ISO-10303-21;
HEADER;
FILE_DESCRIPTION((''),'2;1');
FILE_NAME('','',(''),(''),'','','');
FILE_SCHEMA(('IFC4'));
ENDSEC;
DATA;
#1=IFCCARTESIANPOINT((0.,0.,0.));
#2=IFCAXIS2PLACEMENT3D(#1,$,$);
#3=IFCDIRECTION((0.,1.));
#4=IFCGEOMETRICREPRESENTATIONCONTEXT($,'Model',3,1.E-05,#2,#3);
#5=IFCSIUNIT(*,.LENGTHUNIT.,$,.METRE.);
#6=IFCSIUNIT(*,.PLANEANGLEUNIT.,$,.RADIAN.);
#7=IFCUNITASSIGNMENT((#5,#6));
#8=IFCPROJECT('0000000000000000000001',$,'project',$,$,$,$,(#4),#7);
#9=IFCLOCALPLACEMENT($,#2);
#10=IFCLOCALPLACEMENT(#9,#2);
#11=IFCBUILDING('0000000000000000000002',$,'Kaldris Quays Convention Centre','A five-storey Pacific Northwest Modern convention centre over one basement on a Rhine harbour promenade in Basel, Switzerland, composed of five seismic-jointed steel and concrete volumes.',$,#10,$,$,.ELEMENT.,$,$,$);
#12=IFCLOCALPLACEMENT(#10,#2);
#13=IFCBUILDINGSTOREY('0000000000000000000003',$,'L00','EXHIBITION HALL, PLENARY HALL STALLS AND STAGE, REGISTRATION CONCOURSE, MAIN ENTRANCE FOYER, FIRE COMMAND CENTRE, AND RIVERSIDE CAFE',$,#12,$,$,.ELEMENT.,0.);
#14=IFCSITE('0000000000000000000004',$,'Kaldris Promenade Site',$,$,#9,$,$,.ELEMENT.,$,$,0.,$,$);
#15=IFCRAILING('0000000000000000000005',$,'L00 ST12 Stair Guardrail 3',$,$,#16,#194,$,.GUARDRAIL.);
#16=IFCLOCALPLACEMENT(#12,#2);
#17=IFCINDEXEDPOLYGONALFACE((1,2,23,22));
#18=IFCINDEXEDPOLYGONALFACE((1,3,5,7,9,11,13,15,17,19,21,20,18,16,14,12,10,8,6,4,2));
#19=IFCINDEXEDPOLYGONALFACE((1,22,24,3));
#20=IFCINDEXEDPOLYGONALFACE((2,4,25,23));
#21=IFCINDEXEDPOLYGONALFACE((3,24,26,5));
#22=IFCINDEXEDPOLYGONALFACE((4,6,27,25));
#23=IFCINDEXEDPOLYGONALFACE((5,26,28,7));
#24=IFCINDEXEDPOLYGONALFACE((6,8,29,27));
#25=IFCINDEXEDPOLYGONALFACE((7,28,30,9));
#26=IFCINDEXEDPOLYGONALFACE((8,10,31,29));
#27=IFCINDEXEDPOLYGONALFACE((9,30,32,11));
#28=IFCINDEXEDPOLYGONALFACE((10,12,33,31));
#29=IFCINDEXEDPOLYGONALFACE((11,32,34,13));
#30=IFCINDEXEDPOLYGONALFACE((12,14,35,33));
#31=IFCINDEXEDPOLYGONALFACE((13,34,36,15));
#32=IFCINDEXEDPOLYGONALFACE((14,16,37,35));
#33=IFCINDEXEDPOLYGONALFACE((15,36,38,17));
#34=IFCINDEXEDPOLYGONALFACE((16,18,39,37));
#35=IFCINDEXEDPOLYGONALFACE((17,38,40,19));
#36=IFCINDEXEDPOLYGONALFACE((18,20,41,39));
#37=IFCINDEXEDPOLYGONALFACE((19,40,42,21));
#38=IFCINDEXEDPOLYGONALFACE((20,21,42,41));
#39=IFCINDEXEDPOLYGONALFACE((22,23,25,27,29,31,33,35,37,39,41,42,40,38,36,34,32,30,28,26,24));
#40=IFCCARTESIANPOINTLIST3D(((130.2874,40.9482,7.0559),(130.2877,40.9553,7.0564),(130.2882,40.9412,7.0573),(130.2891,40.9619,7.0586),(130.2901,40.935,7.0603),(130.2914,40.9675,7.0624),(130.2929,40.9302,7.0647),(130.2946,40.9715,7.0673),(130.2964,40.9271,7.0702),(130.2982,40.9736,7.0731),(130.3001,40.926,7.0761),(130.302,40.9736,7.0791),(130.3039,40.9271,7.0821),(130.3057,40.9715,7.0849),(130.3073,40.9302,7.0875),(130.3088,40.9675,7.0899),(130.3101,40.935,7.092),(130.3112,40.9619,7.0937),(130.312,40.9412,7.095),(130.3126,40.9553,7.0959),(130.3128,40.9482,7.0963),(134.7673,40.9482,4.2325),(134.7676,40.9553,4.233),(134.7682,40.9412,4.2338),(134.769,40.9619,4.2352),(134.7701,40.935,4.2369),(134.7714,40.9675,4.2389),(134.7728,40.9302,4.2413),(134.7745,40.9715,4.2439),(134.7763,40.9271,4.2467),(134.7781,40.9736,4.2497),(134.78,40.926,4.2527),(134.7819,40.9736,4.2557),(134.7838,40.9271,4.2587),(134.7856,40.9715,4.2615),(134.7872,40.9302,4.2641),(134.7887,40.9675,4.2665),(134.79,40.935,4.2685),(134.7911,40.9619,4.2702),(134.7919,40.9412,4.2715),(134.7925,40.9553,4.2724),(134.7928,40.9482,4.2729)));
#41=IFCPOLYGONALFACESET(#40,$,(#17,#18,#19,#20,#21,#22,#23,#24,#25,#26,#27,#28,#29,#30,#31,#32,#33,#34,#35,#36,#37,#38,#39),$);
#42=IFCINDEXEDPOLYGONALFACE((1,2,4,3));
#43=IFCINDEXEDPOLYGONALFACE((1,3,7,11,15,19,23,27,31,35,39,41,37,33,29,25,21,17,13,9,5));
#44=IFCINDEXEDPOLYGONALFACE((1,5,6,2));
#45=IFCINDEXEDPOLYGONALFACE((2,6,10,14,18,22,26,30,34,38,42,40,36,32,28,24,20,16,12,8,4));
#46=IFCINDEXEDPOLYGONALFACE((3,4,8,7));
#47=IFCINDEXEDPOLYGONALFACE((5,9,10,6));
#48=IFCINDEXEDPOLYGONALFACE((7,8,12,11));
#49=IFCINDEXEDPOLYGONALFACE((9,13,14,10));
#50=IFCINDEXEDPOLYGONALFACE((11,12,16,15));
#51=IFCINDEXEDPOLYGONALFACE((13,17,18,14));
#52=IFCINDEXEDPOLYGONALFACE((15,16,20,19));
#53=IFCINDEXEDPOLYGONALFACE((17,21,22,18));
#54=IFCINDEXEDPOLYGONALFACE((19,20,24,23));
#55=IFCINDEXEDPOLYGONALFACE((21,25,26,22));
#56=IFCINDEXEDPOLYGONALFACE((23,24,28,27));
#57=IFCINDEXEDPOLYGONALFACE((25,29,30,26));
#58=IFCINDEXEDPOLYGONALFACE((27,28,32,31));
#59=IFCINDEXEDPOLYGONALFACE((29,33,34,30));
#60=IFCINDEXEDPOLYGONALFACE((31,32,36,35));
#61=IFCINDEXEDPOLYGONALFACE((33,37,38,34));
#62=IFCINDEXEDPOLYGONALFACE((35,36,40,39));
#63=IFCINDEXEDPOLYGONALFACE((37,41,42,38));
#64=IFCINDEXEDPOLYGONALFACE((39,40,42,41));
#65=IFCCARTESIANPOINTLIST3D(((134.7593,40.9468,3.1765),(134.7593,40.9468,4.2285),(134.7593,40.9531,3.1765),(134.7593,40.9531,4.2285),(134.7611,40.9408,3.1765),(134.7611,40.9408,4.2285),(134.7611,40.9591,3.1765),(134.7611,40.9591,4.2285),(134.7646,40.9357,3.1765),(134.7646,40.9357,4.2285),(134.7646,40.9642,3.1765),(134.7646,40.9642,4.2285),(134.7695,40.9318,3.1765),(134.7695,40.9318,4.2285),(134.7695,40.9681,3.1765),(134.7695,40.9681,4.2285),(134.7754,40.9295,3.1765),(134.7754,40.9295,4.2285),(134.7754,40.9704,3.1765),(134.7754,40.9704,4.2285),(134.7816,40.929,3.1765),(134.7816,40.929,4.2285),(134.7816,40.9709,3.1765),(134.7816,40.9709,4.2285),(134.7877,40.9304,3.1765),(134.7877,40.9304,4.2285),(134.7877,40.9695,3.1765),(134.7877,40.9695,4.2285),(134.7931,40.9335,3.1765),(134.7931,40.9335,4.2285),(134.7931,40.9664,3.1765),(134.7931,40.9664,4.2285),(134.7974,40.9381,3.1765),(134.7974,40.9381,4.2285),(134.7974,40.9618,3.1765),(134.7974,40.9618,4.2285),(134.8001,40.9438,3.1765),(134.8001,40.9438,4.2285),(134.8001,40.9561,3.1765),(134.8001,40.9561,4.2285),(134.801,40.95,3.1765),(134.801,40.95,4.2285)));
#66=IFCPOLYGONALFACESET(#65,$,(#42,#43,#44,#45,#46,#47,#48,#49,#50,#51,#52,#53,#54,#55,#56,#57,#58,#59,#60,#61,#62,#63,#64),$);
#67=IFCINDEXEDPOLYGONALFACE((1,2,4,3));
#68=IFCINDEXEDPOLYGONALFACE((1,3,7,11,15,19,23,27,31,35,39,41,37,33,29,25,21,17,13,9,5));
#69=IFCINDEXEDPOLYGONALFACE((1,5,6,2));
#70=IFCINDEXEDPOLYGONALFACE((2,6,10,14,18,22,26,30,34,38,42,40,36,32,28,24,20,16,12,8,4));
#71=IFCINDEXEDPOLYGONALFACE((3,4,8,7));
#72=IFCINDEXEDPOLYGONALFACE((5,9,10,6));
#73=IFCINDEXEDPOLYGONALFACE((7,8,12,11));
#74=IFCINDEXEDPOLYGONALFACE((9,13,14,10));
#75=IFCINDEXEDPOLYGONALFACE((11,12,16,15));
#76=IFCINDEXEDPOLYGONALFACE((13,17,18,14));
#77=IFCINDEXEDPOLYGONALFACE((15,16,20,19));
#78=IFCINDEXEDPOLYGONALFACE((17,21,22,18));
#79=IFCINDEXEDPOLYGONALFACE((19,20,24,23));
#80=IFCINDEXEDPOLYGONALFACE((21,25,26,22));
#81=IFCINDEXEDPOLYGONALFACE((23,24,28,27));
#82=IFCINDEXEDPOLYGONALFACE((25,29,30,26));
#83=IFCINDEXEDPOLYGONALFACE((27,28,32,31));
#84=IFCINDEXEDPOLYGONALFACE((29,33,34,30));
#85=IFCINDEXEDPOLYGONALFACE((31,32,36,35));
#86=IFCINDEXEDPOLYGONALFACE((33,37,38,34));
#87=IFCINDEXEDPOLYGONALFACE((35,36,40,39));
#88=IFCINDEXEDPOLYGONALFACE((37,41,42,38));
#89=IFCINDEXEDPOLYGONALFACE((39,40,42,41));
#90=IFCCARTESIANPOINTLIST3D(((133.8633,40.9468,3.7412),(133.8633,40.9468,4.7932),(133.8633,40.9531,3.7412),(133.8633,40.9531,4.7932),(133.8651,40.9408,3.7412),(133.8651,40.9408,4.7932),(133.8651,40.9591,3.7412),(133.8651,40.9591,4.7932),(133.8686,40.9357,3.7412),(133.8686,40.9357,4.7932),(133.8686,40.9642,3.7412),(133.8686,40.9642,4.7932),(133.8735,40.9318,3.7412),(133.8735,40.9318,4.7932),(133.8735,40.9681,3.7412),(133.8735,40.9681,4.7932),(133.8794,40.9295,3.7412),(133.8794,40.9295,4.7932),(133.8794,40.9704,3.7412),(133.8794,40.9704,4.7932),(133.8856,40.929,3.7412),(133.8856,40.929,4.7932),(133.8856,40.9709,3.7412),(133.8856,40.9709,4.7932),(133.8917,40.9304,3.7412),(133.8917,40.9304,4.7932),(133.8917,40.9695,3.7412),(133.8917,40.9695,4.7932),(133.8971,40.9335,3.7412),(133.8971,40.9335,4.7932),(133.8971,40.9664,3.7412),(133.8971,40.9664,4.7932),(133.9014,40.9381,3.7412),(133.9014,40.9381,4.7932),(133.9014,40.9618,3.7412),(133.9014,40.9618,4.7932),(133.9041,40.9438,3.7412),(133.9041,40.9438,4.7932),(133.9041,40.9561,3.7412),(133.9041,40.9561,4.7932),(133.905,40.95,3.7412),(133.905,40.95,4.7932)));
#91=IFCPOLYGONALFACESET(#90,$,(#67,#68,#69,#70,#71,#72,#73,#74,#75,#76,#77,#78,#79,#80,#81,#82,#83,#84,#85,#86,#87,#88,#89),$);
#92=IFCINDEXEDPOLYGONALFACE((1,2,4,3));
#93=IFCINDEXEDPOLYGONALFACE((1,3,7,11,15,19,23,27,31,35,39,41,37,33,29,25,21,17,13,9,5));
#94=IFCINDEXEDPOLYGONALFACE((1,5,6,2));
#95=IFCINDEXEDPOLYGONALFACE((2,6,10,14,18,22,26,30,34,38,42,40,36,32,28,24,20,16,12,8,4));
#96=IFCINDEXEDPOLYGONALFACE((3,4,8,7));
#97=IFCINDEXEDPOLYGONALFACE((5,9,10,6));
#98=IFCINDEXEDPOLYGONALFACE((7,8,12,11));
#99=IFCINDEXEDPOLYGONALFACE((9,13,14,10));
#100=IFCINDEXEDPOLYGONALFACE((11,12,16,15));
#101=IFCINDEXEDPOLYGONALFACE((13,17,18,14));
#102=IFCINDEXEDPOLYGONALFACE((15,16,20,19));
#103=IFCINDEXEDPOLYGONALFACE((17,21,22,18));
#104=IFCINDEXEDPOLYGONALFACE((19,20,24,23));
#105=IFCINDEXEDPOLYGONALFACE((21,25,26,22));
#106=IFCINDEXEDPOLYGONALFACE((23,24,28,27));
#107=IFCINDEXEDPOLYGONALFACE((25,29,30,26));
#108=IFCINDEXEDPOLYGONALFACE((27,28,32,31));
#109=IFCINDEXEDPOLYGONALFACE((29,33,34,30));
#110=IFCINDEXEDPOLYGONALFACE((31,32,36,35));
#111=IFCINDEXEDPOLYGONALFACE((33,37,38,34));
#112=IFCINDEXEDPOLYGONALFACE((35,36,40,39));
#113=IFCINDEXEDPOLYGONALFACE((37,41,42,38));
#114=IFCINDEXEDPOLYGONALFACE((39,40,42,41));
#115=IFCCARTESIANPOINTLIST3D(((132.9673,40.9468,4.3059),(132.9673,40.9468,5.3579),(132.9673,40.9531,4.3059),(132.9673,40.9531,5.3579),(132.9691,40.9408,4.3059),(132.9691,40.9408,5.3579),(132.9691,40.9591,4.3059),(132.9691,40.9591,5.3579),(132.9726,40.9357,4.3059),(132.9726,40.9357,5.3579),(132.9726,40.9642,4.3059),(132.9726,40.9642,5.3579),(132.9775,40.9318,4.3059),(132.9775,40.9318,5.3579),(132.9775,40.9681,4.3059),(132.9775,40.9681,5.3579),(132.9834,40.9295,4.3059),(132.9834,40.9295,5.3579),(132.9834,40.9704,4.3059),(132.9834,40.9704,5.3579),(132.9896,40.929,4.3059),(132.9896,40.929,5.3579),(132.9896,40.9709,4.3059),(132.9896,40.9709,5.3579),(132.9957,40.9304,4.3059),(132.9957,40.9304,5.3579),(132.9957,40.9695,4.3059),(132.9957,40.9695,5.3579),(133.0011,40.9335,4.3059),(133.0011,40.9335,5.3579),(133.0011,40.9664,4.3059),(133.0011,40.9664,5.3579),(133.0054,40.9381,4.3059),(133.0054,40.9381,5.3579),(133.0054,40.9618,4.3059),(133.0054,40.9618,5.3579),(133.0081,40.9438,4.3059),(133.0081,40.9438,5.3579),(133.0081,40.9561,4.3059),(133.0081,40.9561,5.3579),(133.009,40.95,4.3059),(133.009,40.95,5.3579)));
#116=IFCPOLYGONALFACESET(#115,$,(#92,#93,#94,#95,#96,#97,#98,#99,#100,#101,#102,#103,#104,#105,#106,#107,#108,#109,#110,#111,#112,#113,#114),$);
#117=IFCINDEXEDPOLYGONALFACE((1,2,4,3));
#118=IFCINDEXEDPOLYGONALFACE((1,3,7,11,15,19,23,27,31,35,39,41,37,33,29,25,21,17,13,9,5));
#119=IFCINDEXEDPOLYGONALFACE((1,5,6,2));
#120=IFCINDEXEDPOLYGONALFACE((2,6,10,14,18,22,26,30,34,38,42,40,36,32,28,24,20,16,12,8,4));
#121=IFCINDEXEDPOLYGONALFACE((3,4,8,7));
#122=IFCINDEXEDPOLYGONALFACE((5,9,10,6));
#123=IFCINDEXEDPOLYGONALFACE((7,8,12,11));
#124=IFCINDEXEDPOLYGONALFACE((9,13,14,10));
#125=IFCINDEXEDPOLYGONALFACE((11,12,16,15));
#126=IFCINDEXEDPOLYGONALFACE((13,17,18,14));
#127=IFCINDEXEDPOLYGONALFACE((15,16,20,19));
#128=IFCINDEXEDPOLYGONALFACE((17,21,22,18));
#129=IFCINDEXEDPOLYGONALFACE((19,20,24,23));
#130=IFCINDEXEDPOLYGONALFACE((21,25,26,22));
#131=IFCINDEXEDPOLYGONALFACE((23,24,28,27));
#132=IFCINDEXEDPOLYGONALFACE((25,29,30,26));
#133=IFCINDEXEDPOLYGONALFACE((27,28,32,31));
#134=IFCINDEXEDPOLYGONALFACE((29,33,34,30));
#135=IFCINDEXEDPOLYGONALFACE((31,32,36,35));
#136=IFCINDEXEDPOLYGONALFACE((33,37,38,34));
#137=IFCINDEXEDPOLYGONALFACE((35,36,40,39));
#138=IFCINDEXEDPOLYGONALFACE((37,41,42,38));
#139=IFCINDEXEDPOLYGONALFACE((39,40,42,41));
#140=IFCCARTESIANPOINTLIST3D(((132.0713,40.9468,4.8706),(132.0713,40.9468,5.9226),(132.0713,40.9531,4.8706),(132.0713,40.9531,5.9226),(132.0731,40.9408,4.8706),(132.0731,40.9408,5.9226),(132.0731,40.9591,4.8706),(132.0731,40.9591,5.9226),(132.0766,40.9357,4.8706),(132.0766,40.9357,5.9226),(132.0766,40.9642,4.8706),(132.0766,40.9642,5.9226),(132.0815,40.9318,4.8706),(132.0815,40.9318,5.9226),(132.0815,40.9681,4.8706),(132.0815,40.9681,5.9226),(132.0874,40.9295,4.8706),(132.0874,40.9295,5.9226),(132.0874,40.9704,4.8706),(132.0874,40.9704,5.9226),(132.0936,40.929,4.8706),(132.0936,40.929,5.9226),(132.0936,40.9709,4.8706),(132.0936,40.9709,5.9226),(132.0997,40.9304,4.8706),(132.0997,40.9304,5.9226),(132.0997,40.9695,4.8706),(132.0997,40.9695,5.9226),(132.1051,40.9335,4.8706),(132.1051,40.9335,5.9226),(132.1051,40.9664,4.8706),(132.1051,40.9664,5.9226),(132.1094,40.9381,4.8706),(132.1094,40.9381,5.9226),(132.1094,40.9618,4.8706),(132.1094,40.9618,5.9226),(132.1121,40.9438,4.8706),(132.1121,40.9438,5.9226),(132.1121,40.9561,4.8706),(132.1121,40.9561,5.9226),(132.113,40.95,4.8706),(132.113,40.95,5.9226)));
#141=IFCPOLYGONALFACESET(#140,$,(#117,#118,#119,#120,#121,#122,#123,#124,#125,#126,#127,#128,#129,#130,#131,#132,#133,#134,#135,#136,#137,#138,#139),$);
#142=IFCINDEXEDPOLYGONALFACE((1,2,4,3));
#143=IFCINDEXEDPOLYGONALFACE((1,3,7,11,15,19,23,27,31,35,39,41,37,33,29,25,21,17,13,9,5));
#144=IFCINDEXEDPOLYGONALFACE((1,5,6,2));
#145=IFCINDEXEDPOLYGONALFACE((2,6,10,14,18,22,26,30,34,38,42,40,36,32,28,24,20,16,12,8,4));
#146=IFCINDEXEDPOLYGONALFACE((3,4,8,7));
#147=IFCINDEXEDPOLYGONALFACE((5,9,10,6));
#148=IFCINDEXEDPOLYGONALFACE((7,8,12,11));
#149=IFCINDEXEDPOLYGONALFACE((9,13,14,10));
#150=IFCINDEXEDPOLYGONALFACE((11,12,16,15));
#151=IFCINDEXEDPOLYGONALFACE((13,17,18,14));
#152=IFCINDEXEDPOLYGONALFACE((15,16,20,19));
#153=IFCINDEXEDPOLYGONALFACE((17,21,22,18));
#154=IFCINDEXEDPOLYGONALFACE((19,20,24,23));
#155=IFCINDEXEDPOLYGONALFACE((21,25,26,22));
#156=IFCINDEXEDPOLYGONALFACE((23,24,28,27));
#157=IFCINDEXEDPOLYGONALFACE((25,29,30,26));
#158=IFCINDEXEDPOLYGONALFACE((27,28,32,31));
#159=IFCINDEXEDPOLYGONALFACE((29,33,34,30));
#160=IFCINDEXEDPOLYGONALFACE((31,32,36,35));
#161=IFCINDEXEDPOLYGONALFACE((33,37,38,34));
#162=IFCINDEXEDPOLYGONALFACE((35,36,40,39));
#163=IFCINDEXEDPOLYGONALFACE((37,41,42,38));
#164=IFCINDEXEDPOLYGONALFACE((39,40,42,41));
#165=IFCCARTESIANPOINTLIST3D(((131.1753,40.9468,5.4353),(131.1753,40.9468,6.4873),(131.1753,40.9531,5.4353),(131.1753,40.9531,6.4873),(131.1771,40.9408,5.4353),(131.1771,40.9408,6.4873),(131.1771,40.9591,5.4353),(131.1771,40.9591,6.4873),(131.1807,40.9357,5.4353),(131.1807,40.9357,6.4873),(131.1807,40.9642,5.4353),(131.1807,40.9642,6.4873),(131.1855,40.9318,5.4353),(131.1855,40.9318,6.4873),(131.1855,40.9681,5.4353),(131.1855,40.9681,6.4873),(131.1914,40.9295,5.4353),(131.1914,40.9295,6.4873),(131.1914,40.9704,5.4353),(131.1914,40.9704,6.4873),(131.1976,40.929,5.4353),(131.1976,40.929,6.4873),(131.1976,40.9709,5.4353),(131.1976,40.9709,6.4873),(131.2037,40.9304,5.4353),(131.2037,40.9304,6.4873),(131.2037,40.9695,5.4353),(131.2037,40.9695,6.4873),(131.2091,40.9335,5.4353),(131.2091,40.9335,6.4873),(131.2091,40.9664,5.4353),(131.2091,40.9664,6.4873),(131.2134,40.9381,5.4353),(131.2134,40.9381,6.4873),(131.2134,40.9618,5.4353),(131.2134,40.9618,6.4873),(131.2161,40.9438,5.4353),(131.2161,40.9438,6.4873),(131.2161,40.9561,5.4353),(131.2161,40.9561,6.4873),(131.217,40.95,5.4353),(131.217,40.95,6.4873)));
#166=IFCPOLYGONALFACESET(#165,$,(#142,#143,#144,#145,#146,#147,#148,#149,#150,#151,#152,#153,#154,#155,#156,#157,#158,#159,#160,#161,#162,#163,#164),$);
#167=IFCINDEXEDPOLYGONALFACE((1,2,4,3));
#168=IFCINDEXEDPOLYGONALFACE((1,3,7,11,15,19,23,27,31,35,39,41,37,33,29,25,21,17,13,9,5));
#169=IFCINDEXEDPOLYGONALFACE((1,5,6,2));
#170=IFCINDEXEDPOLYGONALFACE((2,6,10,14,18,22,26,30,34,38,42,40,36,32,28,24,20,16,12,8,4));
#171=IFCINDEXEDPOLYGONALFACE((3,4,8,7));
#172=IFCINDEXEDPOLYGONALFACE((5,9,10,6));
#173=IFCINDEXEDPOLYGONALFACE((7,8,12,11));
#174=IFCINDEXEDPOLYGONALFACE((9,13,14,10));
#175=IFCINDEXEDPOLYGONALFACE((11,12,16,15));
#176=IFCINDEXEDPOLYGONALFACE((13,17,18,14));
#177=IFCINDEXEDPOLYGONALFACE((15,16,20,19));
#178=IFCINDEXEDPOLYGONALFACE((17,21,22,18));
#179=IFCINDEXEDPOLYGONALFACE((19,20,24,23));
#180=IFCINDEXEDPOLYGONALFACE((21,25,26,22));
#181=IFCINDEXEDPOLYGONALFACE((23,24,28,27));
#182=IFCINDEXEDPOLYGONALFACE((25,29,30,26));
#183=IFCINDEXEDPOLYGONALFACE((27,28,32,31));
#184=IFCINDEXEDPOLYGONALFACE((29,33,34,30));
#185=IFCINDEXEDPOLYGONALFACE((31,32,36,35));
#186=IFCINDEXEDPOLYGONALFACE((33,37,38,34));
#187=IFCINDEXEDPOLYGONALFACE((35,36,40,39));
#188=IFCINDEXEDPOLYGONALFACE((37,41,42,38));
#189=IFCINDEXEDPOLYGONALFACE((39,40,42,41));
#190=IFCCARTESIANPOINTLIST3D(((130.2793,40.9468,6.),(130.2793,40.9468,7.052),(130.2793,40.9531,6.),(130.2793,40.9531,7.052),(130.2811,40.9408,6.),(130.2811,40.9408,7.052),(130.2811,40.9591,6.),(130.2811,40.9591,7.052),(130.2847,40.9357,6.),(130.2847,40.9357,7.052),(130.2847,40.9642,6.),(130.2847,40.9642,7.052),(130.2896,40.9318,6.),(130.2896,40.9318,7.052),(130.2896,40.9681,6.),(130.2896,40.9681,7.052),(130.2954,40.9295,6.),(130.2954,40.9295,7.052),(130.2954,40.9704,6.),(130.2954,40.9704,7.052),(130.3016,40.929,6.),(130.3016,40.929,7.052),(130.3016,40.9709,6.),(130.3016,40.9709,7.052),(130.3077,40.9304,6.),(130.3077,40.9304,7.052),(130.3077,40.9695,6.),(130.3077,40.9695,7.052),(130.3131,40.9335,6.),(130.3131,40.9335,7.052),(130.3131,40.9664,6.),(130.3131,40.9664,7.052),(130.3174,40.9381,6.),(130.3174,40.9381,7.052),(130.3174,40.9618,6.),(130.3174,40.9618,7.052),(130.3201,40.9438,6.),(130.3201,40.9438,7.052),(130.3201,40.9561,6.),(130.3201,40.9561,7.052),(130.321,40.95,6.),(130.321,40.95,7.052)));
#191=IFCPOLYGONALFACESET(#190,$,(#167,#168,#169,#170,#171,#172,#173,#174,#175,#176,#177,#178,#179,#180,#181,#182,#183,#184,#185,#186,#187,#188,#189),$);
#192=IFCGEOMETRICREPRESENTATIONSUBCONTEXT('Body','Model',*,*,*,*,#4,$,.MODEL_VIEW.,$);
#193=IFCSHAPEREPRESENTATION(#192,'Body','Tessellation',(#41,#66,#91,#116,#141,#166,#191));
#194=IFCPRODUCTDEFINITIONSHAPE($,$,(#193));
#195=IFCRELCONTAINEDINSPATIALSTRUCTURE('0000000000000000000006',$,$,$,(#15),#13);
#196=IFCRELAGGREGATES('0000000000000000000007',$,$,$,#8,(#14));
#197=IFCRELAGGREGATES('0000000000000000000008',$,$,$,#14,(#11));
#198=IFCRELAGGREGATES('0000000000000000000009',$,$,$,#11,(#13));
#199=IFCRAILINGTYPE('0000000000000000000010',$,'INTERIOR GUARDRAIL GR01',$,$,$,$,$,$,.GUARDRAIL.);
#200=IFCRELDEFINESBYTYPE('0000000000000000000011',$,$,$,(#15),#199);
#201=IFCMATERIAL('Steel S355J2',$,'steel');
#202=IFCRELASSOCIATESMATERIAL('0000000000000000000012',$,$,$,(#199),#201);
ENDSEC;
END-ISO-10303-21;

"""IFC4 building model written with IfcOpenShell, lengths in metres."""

from ifc_helpers import new_model, si_unit, direction, frame, origin, origin_2d, place, context, subcontext, project, spatial, circle, extrude, material, type_object, element, save


model = new_model("IFC4")

# Units and contexts
model_context = context("Model", 3, precision=1e-05, world=origin(), true_north=direction((0.0, 1.0)))
body_context = subcontext(model_context, "Body", "Model", "MODEL_VIEW")
ifc_project = project(units=[si_unit("LENGTHUNIT", "METRE"), si_unit("PLANEANGLEUNIT", "RADIAN")], contexts=[model_context])

# Site, building, storey
site_placement = place(None, origin())
site = spatial("IfcSite", under=ifc_project, at=site_placement, Name="Kaldris Promenade Site", CompositionType="ELEMENT", RefElevation=0.0)
building_placement = place(site_placement, origin())
building = spatial("IfcBuilding", under=site, at=building_placement, Name="Kaldris Quays Convention Centre", Description="A five-storey Pacific Northwest Modern convention centre over one basement on a Rhine harbour promenade in Basel, Switzerland, composed of five seismic-jointed steel and concrete volumes.", CompositionType="ELEMENT")
storey_placement = place(building_placement, origin())
storey = spatial("IfcBuildingStorey", under=building, at=storey_placement, Name="L00", Description="EXHIBITION HALL, PLENARY HALL STALLS AND STAGE, REGISTRATION CONCOURSE, MAIN ENTRANCE FOYER, FIRE COMMAND CENTRE, AND RIVERSIDE CAFE", CompositionType="ELEMENT", Elevation=0.0)

# Shared definitions
ifc_material_1 = material(Name="Steel S355J2", Category="steel")

# Railing
railing_type_1 = type_object("IfcRailingType", Name="INTERIOR GUARDRAIL GR01", PredefinedType="GUARDRAIL", material=ifc_material_1)
railing_1_placement = place(storey_placement, frame((134.78, 40.95, 3.1765)))
element("IfcRailing", 1, at=railing_1_placement, inside=storey, type_object=railing_type_1, Name="L00 ST12 Stair Guardrail 3", PredefinedType="GUARDRAIL", context=body_context, shape_type="SweptSolid", body=[
    extrude(circle(Radius=0.0239, at=origin_2d()), frame((0.0, 0.0, 1.0762), z_axis=(-0.845998, 0.0, 0.533186), x_axis=(0.0, -1.0, 0.0)), (0.0, 0.0, 1.0), 5.2954),
    extrude(circle(Radius=0.021, at=origin_2d()), origin(), (0.0, 0.0, 1.0), 1.052),
    extrude(circle(Radius=0.021, at=origin_2d()), frame((-0.896, 0.0, 0.5647)), (0.0, 0.0, 1.0), 1.052),
    extrude(circle(Radius=0.021, at=origin_2d()), frame((-1.792, 0.0, 1.1294)), (0.0, 0.0, 1.0), 1.052),
    extrude(circle(Radius=0.021, at=origin_2d()), frame((-2.688, 0.0, 1.6941)), (0.0, 0.0, 1.0), 1.052),
    extrude(circle(Radius=0.021, at=origin_2d()), frame((-3.584, 0.0, 2.2588)), (0.0, 0.0, 1.0), 1.052),
    extrude(circle(Radius=0.021, at=origin_2d()), frame((-4.48, 0.0, 2.8235)), (0.0, 0.0, 1.0), 1.052),
])

save(model, "model.ifc")
